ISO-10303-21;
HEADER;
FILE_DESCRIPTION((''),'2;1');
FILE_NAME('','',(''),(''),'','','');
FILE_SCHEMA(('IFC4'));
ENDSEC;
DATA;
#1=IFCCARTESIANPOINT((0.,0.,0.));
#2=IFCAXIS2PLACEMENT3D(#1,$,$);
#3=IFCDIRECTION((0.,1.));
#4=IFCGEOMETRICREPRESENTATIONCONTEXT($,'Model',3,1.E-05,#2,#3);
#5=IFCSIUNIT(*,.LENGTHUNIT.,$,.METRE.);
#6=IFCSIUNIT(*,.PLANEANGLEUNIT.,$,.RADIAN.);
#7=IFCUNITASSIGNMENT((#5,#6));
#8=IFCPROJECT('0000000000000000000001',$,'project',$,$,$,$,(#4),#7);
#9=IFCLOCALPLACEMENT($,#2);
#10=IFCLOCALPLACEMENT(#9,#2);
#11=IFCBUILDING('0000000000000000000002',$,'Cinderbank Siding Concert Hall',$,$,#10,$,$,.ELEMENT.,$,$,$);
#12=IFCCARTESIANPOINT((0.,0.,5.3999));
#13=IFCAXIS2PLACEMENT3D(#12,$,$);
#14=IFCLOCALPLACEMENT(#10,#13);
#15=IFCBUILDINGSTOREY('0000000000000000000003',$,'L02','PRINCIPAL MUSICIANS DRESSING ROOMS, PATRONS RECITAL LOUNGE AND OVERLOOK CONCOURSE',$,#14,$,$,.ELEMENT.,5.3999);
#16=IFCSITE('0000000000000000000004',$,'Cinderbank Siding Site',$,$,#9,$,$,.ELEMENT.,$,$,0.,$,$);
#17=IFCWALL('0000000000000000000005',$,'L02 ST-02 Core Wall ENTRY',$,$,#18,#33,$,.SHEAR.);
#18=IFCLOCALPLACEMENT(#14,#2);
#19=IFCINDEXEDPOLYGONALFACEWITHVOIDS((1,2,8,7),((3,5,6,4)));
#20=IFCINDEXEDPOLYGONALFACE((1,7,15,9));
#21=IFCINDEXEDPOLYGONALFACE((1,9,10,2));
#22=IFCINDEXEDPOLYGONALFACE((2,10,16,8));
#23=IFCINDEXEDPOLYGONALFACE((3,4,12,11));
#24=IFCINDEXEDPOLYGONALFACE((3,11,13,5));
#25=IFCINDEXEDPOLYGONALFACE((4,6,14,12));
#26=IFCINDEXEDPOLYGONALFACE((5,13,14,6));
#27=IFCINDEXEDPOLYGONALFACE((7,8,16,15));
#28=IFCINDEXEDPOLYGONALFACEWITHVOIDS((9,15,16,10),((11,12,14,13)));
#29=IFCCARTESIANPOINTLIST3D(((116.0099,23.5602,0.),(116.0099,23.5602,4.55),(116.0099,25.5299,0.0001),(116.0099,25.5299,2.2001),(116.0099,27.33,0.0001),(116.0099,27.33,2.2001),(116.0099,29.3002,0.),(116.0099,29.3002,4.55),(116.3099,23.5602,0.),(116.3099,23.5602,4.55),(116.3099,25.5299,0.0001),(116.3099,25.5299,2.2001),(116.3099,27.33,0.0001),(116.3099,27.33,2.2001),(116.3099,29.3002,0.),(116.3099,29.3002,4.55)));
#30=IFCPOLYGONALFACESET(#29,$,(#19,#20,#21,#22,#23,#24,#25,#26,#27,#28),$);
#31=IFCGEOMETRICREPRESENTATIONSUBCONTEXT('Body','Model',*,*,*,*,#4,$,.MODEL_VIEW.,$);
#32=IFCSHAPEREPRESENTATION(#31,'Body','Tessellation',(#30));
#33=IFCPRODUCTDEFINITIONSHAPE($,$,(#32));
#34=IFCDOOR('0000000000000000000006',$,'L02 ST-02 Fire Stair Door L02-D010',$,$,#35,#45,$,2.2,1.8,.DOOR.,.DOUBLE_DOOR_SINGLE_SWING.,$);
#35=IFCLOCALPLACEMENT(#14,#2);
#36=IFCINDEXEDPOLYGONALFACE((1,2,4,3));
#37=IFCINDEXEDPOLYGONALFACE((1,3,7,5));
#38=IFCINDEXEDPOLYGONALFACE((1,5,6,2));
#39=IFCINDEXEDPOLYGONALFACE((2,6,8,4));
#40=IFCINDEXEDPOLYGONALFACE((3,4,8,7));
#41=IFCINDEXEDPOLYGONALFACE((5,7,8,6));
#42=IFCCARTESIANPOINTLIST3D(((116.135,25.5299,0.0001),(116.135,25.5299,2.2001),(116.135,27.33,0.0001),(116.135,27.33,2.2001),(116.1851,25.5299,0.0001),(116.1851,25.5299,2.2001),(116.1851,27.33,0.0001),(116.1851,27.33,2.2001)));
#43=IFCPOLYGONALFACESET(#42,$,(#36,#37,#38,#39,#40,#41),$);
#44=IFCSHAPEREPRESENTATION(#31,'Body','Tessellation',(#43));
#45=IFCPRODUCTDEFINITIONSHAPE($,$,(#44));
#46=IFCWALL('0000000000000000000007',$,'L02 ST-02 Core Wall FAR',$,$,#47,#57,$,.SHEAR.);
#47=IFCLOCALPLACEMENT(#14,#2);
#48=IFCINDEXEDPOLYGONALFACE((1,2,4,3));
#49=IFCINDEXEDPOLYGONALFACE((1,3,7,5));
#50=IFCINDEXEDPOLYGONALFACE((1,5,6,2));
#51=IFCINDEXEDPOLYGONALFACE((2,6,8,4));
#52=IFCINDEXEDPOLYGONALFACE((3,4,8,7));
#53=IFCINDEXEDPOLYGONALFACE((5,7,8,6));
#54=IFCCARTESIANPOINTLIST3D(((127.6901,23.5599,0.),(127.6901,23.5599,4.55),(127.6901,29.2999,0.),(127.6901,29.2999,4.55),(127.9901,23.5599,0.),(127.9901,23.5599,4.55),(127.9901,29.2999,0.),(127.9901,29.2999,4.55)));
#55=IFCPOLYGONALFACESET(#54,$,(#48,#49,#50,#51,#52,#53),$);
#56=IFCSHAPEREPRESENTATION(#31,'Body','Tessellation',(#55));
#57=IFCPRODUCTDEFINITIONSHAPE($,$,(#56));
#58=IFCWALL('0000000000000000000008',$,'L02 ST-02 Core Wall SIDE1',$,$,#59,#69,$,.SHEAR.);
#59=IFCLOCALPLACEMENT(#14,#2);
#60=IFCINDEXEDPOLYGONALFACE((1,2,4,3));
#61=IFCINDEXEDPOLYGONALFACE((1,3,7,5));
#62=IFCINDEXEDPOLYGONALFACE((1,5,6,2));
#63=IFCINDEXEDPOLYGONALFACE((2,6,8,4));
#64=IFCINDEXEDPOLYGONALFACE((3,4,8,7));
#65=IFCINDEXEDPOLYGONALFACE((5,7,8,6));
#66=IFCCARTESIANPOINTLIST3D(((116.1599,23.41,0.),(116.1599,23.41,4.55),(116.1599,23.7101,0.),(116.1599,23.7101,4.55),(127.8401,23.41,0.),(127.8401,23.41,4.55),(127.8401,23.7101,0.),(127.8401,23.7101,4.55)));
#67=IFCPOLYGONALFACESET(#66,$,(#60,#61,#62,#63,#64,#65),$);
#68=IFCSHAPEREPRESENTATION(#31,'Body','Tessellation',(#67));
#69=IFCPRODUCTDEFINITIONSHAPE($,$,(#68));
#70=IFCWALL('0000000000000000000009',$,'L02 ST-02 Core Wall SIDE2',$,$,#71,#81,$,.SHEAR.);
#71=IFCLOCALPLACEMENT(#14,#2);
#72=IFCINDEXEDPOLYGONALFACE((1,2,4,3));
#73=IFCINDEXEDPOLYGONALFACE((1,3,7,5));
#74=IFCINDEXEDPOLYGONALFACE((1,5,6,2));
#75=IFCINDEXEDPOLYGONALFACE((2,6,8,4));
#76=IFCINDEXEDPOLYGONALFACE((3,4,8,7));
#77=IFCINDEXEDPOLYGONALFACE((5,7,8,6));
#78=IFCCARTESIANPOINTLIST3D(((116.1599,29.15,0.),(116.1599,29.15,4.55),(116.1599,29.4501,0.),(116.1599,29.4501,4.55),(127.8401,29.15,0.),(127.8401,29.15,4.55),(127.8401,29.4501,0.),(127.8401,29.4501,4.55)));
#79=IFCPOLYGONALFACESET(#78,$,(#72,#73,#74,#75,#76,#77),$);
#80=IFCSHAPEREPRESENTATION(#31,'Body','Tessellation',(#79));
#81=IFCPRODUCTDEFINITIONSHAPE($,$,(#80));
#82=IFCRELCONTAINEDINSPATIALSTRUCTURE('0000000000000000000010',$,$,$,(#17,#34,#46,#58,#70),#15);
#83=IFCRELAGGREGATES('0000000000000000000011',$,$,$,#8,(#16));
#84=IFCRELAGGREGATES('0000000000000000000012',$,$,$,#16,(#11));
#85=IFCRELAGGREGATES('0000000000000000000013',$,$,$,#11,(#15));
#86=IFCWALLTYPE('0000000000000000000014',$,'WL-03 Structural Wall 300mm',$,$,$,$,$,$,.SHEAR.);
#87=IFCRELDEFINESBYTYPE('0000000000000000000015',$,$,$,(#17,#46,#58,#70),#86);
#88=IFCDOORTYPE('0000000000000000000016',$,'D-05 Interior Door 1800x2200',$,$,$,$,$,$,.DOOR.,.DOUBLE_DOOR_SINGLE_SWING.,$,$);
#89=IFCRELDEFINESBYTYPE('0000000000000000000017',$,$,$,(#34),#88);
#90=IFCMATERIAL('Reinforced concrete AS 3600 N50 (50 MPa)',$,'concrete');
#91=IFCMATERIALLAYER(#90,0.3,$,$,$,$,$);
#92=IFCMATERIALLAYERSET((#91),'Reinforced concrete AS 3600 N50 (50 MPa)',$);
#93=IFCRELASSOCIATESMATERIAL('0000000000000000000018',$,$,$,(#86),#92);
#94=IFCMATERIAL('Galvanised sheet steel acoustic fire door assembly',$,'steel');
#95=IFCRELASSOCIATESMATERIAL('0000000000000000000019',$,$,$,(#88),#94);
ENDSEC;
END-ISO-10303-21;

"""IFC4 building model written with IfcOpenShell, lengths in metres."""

from ifc_helpers import new_model, si_unit, direction, frame, frame_2d, origin, place, context, subcontext, project, spatial, rectangle, extrude, material, layer, layer_set, type_object, element, fill, save


model = new_model("IFC4")

# Units and contexts
model_context = context("Model", 3, precision=1e-05, world=origin(), true_north=direction((0.0, 1.0)))
body_context = subcontext(model_context, "Body", "Model", "MODEL_VIEW")
ifc_project = project(units=[si_unit("LENGTHUNIT", "METRE"), si_unit("PLANEANGLEUNIT", "RADIAN")], contexts=[model_context])

# Site, building, storey
site_placement = place(None, origin())
site = spatial("IfcSite", under=ifc_project, at=site_placement, Name="Cinderbank Siding Site", CompositionType="ELEMENT", RefElevation=0.0)
building_placement = place(site_placement, origin())
building = spatial("IfcBuilding", under=site, at=building_placement, Name="Cinderbank Siding Concert Hall", CompositionType="ELEMENT")
storey_placement = place(building_placement, frame((0.0, 0.0, 5.3999)))
storey = spatial("IfcBuildingStorey", under=building, at=storey_placement, Name="L02", Description="PRINCIPAL MUSICIANS DRESSING ROOMS, PATRONS RECITAL LOUNGE AND OVERLOOK CONCOURSE", CompositionType="ELEMENT", Elevation=5.3999)

# Shared definitions
ifc_material_1 = material(Name="Reinforced concrete AS 3600 N50 (50 MPa)", Category="concrete")

# Wall, opening, door
ifc_layer_1 = layer(ifc_material_1, 0.3)
ifc_layer_set_1 = layer_set([ifc_layer_1], Name="Reinforced concrete AS 3600 N50 (50 MPa)")
wall_type_1 = type_object("IfcWallType", Name="WL-03 Structural Wall 300mm", PredefinedType="SHEAR", material=ifc_layer_set_1)
wall_1_placement = place(storey_placement, frame((116.1599, 23.5601, 0.0), z_axis=(0.0, 0.0, 1.0), x_axis=(0.0, 1.0, 0.0)))
wall_1 = element("IfcWall", 1, at=wall_1_placement, inside=storey, type_object=wall_type_1, Name="L02 ST-02 Core Wall ENTRY", PredefinedType="SHEAR", context=body_context, shape_type="SweptSolid", body=[
    extrude(rectangle(XDim=5.74, YDim=0.3, at=frame_2d((2.8701, 0.0))), origin(), (0.0, 0.0, 1.0), 4.55),
])
opening_1_placement = place(wall_1_placement, frame((1.97, 0.0, 0.0)))
opening_1 = element("IfcOpeningElement", 2, at=opening_1_placement, cuts=wall_1, PredefinedType="OPENING", context=body_context, shape_type="SweptSolid", body=[
    extrude(rectangle(XDim=1.8, YDim=2.2, at=frame_2d((0.8999, 1.1001))), frame((0.0, 0.1621, 0.0), z_axis=(0.0, -1.0, 0.0), x_axis=(1.0, 0.0, 0.0)), (0.0, 0.0, 1.0), 0.324),
])
ifc_material_2 = material(Name="Galvanised sheet steel acoustic fire door assembly", Category="steel")
door_type_1 = type_object("IfcDoorType", Name="D-05 Interior Door 1800x2200", OperationType="DOUBLE_DOOR_SINGLE_SWING", PredefinedType="DOOR", material=ifc_material_2)
door_1_placement = place(opening_1_placement, origin())
door_1 = element("IfcDoor", 3, at=door_1_placement, inside=storey, type_object=door_type_1, Name="L02 ST-02 Fire Stair Door L02-D010", OperationType="DOUBLE_DOOR_SINGLE_SWING", OverallHeight=2.2, OverallWidth=1.8, PredefinedType="DOOR", context=body_context, shape_type="SweptSolid", body=[
    extrude(rectangle(XDim=1.8, YDim=2.2, at=frame_2d((0.8999, 1.1001))), frame((0.0, 0.0249, 0.0), z_axis=(0.0, -1.0, 0.0), x_axis=(1.0, 0.0, 0.0)), (0.0, 0.0, 1.0), 0.05),
])
fill(opening_1, door_1)

# Walls
wall_2_placement = place(storey_placement, frame((127.8401, 29.3, 0.0), z_axis=(0.0, 0.0, 1.0), x_axis=(0.0, -1.0, 0.0)))
element("IfcWall", 4, at=wall_2_placement, inside=storey, type_object=wall_type_1, Name="L02 ST-02 Core Wall FAR", PredefinedType="SHEAR", context=body_context, shape_type="SweptSolid", body=[
    extrude(rectangle(XDim=5.74, YDim=0.3, at=frame_2d((2.8701, 0.0))), origin(), (0.0, 0.0, 1.0), 4.55),
])
for number, where, z_axis, x_axis, name in (
    (5, (127.8401, 23.5601, 0.0), (0.0, 0.0, 1.0), (-1.0, 0.0, 0.0), "L02 ST-02 Core Wall SIDE1"),
    (6, (116.1599, 29.3, 0.0), (0.0, 0.0, 1.0), (1.0, 0.0, 0.0), "L02 ST-02 Core Wall SIDE2"),
):
    element("IfcWall", number, at=place(storey_placement, frame(where, z_axis=z_axis, x_axis=x_axis)), inside=storey, type_object=wall_type_1, Name=name, PredefinedType="SHEAR", context=body_context, shape_type="SweptSolid", body=[
        extrude(rectangle(XDim=11.6802, YDim=0.3, at=frame_2d((5.8401, 0.0))), origin(), (0.0, 0.0, 1.0), 4.55),
    ])

save(model, "model.ifc")
